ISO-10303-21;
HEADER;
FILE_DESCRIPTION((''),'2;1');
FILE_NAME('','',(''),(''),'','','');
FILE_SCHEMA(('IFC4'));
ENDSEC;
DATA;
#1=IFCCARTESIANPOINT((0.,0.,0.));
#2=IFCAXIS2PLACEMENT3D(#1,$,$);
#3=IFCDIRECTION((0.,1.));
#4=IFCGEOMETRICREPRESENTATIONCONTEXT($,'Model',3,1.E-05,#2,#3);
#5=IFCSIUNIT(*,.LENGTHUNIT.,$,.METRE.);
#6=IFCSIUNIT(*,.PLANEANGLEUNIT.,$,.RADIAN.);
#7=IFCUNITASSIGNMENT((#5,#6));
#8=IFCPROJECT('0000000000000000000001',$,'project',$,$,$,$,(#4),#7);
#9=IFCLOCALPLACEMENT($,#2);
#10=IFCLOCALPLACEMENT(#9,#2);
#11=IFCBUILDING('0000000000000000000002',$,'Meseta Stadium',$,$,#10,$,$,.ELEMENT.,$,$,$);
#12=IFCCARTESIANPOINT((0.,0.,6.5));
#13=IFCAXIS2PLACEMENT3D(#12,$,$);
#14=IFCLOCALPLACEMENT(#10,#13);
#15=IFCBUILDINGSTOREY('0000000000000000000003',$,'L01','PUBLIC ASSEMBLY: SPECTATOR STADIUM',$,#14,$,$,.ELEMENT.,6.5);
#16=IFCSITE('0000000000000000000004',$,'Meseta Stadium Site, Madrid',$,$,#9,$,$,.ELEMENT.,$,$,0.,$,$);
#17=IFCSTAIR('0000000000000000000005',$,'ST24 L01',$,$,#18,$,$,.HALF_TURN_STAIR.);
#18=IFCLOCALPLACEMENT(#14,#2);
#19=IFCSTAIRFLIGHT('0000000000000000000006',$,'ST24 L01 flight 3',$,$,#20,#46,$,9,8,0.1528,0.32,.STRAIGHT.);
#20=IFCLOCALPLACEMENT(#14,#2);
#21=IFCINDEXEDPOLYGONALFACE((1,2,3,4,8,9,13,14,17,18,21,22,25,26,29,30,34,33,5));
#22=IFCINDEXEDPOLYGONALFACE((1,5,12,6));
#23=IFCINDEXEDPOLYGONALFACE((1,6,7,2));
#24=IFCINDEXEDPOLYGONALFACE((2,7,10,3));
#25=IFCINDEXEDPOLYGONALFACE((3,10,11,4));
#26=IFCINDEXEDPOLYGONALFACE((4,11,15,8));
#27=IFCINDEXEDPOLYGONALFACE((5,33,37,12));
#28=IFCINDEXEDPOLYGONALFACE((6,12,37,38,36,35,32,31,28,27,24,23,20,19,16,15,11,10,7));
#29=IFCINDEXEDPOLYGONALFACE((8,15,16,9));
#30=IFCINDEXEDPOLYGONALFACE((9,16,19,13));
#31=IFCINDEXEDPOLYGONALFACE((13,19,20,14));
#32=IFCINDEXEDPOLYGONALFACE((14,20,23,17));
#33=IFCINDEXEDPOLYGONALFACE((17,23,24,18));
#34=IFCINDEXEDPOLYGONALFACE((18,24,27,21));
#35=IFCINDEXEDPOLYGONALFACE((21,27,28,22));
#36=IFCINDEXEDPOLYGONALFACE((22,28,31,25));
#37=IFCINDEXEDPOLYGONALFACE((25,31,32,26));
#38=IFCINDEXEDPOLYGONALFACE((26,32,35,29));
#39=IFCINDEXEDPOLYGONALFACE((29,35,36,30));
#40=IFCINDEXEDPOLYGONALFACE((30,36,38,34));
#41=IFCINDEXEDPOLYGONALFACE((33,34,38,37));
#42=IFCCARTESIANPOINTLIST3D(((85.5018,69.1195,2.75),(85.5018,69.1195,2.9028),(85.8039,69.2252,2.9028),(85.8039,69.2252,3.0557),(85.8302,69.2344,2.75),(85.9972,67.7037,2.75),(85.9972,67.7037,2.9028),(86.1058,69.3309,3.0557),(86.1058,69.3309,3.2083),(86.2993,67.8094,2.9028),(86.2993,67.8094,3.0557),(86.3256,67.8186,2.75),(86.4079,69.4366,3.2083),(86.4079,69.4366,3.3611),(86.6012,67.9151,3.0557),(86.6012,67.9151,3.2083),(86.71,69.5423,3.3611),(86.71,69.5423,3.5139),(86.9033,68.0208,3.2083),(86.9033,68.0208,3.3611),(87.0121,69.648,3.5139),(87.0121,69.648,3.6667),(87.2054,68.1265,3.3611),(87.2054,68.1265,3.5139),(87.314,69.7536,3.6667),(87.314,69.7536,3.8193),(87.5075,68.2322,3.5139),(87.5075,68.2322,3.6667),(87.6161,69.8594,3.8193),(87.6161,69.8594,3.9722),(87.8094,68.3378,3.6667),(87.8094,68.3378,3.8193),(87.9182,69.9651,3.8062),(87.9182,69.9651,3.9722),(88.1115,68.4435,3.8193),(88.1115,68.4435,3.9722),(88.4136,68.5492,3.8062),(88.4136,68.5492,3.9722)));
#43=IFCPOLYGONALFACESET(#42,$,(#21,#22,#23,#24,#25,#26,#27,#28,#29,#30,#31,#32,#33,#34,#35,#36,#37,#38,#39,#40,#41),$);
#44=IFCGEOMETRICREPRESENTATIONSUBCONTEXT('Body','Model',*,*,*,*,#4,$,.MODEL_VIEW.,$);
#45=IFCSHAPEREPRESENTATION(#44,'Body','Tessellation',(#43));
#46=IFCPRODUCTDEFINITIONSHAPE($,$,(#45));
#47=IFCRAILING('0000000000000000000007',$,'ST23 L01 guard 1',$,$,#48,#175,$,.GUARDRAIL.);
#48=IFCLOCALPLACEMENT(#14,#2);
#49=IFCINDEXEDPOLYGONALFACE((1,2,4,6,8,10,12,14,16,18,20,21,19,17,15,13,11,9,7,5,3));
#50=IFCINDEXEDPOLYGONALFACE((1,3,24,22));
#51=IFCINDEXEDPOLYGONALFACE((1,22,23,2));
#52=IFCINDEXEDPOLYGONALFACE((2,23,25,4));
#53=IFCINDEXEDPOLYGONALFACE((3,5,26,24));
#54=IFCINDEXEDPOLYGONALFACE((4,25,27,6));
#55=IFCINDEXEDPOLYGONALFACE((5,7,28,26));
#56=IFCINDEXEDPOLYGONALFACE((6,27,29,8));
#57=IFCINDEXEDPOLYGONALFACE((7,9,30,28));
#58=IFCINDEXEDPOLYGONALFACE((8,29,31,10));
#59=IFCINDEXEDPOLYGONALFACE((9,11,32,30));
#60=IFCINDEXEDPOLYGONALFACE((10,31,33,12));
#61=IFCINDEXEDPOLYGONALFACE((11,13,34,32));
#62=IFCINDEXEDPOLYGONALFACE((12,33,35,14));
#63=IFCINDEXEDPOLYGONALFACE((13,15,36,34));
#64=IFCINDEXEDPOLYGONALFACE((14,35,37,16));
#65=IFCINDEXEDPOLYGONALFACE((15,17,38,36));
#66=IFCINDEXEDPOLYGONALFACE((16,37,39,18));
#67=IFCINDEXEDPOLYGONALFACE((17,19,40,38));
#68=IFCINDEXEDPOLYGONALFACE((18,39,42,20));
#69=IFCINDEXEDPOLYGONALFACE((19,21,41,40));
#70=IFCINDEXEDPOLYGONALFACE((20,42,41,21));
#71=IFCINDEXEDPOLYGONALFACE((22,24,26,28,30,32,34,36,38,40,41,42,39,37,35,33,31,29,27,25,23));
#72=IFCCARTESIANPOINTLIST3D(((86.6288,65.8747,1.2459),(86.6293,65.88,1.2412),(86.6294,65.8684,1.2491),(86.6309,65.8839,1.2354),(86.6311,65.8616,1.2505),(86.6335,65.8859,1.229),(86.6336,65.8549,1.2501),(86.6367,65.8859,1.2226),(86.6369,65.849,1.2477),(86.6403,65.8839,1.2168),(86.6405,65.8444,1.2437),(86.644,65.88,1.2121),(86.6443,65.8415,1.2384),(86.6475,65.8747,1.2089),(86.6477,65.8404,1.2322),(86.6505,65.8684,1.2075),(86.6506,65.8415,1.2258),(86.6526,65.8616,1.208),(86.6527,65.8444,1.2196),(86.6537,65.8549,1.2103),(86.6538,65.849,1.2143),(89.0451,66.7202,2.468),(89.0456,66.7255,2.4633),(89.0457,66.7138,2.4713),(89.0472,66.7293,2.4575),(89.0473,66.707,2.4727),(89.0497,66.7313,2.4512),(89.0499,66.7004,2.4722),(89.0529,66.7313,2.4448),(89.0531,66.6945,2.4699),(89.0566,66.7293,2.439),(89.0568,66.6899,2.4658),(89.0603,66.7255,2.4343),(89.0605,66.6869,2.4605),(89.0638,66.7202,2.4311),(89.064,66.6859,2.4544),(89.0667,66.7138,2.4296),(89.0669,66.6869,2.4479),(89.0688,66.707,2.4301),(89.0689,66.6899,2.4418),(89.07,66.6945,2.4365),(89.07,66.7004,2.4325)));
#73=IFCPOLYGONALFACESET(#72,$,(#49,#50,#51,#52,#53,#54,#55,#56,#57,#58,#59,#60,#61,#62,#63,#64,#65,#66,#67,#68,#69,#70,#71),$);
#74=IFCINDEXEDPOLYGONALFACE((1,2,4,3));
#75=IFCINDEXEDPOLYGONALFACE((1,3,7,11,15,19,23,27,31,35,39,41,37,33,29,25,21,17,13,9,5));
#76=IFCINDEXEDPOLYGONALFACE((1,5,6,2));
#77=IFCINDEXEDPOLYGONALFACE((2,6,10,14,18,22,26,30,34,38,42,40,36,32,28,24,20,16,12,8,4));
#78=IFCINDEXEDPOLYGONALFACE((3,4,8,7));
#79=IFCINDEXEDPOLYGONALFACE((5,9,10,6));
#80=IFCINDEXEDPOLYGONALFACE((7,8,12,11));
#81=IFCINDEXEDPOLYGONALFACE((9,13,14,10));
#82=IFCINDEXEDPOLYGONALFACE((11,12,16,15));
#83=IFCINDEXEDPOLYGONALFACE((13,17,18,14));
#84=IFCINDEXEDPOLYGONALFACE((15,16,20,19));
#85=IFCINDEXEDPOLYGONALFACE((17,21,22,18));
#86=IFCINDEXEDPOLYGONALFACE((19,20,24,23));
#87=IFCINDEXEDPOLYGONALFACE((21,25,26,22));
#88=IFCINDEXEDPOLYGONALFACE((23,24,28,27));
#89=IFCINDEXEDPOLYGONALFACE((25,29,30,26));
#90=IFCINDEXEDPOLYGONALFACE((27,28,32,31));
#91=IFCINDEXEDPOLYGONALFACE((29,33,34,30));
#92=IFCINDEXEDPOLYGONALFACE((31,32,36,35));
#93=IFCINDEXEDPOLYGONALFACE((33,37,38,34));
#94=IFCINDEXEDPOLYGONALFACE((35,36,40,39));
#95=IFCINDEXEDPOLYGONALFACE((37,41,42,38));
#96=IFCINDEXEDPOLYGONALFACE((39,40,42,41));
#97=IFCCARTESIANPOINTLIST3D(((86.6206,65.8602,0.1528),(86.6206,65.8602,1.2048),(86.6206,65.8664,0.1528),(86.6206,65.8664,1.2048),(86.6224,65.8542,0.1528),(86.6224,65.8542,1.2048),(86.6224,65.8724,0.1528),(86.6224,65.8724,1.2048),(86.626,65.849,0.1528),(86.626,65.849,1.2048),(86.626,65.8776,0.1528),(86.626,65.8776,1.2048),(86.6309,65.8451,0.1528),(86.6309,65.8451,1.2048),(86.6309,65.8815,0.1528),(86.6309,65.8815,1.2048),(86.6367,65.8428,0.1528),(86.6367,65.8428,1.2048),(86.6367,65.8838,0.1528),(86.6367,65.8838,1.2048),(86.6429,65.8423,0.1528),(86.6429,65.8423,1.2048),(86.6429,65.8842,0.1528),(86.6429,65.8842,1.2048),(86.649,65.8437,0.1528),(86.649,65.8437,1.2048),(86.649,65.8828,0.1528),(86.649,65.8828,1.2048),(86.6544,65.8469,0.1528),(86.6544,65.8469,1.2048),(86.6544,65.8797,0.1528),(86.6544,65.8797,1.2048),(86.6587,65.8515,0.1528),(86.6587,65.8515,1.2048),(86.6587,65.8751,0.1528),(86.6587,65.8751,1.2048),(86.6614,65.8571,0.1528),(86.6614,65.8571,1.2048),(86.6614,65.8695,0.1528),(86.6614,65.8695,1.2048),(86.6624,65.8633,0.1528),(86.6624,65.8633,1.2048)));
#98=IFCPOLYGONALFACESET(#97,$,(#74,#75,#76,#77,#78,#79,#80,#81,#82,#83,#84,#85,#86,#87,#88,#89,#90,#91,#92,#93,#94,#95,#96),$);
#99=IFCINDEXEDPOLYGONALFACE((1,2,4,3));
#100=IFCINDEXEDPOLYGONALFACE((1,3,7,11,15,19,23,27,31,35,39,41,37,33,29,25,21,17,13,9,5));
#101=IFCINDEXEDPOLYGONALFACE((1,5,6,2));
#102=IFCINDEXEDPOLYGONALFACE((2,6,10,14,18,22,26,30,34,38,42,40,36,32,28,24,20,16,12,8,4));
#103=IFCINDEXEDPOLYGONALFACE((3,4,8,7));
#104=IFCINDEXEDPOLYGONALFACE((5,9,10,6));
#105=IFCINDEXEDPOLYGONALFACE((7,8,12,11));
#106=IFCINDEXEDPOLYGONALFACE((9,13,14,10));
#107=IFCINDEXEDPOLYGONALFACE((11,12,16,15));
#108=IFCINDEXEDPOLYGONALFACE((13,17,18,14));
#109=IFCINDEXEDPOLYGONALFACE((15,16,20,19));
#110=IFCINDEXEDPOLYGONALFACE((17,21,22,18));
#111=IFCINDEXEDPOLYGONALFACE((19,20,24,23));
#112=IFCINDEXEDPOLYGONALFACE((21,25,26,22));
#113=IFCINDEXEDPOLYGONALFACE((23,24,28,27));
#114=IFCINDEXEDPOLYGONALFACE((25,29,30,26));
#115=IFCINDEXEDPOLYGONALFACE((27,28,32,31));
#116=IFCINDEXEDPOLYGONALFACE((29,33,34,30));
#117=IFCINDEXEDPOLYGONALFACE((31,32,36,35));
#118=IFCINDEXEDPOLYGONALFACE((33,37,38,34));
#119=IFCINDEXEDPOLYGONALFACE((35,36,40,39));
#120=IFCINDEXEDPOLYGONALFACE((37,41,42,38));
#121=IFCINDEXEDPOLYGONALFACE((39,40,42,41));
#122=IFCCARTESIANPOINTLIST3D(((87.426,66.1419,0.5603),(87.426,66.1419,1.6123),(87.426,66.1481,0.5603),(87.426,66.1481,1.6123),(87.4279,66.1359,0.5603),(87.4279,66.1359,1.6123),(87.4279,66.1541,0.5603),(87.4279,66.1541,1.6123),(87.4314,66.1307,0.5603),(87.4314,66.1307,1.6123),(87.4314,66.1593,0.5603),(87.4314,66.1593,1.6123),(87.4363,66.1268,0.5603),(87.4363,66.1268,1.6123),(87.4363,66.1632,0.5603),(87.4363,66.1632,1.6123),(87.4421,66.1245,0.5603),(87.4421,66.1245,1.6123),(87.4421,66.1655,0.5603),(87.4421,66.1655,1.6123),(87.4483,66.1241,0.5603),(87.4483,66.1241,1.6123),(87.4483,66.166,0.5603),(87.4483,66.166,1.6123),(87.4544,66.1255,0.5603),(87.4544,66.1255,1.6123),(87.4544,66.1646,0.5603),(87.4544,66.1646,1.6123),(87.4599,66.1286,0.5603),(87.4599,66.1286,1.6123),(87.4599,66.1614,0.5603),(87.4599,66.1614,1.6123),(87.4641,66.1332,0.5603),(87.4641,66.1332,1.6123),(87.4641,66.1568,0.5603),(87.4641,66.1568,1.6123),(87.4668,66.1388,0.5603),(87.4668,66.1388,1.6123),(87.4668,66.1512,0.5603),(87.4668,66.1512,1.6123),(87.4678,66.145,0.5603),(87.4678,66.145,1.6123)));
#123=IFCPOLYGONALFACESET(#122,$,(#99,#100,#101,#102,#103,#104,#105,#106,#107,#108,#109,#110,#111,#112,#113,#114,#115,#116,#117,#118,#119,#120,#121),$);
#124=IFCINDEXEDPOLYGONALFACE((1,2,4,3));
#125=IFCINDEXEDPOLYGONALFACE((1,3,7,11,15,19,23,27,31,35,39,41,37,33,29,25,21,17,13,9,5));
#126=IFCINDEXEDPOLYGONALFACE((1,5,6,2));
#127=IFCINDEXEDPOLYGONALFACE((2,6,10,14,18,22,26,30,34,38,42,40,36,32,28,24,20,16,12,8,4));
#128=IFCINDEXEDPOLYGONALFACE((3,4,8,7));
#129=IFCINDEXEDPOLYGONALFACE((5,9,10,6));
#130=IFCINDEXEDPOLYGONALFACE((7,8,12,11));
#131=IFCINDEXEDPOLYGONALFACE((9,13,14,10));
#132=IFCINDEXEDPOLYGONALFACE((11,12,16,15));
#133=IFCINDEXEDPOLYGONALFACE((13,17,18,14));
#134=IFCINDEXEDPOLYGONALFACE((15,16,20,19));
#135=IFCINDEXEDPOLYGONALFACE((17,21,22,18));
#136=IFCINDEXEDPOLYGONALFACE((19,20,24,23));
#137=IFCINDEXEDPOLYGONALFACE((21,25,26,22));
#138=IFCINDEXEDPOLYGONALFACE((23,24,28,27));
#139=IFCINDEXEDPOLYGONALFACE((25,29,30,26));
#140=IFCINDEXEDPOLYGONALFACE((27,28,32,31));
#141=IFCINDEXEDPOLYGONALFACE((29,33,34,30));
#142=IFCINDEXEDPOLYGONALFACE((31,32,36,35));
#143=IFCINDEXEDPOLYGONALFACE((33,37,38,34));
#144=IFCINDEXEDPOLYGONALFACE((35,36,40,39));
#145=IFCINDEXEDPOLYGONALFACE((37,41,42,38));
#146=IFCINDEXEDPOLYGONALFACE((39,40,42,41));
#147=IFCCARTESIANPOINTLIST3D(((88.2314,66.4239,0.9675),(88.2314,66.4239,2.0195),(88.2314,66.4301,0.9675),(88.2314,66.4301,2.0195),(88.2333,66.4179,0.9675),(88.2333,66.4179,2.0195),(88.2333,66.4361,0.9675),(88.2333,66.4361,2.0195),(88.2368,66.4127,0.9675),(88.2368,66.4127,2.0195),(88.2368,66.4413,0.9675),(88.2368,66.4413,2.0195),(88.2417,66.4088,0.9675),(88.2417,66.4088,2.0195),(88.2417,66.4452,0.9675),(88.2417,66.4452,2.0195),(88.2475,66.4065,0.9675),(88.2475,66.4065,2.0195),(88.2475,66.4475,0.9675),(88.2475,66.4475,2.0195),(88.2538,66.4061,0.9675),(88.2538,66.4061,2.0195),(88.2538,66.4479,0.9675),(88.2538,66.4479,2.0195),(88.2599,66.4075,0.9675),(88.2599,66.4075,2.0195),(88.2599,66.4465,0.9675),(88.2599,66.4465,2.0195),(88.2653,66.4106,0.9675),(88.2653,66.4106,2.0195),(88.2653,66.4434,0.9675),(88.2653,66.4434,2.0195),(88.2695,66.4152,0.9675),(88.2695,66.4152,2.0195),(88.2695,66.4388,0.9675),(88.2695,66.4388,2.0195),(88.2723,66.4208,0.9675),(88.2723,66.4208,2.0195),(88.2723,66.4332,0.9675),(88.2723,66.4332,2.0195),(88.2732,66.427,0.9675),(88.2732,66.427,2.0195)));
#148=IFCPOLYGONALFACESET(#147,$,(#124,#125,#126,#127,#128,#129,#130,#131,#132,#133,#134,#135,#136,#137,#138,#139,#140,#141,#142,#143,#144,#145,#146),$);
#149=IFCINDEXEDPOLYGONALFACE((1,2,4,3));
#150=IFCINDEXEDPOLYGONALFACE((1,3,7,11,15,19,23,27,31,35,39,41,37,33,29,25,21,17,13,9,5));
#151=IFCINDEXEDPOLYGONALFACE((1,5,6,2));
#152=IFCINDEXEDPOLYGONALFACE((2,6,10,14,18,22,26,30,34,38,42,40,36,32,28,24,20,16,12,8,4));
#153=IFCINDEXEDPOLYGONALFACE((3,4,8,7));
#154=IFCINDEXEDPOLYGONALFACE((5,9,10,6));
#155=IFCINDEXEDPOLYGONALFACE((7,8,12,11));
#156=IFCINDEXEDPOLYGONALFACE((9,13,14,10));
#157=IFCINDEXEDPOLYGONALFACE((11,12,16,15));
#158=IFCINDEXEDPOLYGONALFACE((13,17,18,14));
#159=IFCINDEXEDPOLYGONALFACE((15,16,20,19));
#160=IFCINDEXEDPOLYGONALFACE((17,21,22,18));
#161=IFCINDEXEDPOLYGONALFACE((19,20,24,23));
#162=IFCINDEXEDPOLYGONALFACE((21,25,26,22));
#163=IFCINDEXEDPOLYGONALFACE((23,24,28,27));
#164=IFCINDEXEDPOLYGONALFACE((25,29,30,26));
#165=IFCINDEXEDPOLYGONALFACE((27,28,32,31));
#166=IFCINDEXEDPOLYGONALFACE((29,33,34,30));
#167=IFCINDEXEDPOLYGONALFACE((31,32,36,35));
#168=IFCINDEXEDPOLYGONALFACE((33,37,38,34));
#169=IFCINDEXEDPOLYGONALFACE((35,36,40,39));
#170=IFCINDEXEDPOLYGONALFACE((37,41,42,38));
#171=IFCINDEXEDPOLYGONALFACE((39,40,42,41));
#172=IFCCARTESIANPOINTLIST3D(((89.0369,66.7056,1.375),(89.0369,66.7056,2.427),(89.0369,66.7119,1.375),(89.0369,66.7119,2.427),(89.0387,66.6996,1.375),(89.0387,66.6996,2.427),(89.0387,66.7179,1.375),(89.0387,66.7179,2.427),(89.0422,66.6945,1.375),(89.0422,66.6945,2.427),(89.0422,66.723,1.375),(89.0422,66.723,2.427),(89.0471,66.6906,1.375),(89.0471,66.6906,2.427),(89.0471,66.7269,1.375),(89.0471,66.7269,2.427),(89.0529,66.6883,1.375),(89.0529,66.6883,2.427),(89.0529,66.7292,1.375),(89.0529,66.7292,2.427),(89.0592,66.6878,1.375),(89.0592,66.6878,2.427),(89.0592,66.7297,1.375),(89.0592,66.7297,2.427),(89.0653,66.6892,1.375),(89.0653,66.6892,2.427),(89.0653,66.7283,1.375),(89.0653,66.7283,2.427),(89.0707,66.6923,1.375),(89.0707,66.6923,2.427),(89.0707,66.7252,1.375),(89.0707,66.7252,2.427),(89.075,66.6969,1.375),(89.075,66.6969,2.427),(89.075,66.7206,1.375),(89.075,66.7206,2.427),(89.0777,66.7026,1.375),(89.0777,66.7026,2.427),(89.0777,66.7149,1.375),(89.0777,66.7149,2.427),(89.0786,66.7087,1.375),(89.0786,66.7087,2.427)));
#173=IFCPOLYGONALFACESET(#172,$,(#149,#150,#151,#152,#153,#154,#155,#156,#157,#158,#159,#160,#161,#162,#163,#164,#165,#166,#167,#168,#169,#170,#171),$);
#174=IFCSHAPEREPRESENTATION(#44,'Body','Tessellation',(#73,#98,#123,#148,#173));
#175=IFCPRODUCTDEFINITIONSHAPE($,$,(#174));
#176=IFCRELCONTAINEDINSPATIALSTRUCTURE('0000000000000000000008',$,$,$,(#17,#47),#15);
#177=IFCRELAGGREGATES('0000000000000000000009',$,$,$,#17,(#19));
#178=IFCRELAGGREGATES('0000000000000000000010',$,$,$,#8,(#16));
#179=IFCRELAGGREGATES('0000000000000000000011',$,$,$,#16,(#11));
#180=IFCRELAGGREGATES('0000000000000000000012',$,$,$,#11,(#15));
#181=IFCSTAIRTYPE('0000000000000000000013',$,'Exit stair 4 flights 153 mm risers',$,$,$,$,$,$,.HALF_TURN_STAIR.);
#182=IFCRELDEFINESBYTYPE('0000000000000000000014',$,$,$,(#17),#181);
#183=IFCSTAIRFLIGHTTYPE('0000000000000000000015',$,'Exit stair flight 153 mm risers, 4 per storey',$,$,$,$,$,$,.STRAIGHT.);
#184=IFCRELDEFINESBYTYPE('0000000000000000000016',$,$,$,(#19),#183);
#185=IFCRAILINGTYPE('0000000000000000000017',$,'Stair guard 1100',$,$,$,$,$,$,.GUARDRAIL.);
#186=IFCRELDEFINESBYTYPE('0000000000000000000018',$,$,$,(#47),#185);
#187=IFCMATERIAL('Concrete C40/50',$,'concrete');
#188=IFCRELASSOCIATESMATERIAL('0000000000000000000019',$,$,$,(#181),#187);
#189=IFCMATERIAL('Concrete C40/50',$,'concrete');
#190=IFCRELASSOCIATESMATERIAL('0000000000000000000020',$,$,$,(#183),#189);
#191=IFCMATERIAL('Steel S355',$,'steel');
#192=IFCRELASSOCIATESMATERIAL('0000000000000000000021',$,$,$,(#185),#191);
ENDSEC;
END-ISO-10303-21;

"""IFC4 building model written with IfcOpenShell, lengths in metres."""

from ifc_helpers import new_model, si_unit, direction, frame, origin, origin_2d, place, context, subcontext, project, spatial, polyline, circle, outline, extrude, material, type_object, element, aggregate, save


model = new_model("IFC4")

# Units and contexts
model_context = context("Model", 3, precision=1e-05, world=origin(), true_north=direction((0.0, 1.0)))
body_context = subcontext(model_context, "Body", "Model", "MODEL_VIEW")
ifc_project = project(units=[si_unit("LENGTHUNIT", "METRE"), si_unit("PLANEANGLEUNIT", "RADIAN")], contexts=[model_context])

# Site, building, storey
site_placement = place(None, origin())
site = spatial("IfcSite", under=ifc_project, at=site_placement, Name="Meseta Stadium Site, Madrid", CompositionType="ELEMENT", RefElevation=0.0)
building_placement = place(site_placement, origin())
building = spatial("IfcBuilding", under=site, at=building_placement, Name="Meseta Stadium", CompositionType="ELEMENT")
storey_placement = place(building_placement, frame((0.0, 0.0, 6.5)))
storey = spatial("IfcBuildingStorey", under=building, at=storey_placement, Name="L01", Description="PUBLIC ASSEMBLY: SPECTATOR STADIUM", CompositionType="ELEMENT", Elevation=6.5)

# Stair, stair flight
ifc_material_1 = material(Name="Concrete C40/50", Category="concrete")
stair_type = type_object("IfcStairType", Name="Exit stair 4 flights 153 mm risers", PredefinedType="HALF_TURN_STAIR", material=ifc_material_1)
ifc_material_2 = material(Name="Concrete C40/50", Category="concrete")
stair_flight_type = type_object("IfcStairFlightType", Name="Exit stair flight 153 mm risers, 4 per storey", PredefinedType="STRAIGHT", material=ifc_material_2)
stair_1_placement = place(storey_placement, origin())
stair_1 = element("IfcStair", 1, at=stair_1_placement, inside=storey, type_object=stair_type, Name="ST24 L01", PredefinedType="HALF_TURN_STAIR")
stair_flight_1_placement = place(storey_placement, frame((85.7495, 68.4116, 2.75), z_axis=(0.0, 0.0, 1.0), x_axis=(0.943883, 0.330279, 0.0)))
stair_flight_1 = element("IfcStairFlight", 2, at=stair_flight_1_placement, type_object=stair_flight_type, Name="ST24 L01 flight 3", NumberOfRisers=9, NumberOfTreads=8, PredefinedType="STRAIGHT", RiserHeight=0.1528, TreadLength=0.32, context=body_context, shape_type="SweptSolid", body=[
    extrude(outline(polyline([(0.0, 0.0), (0.0, 0.1528), (0.3201, 0.1528), (0.3201, 0.3057), (0.6399, 0.3057), (0.6399, 0.4583), (0.96, 0.4583), (0.96, 0.6111), (1.28, 0.6111), (1.28, 0.7639), (1.6001, 0.7639), (1.6001, 0.9167), (1.9199, 0.9167), (1.9199, 1.0693), (2.24, 1.0693), (2.24, 1.2222), (2.5601, 1.2222), (2.5601, 1.0562), (0.3479, 0.0), (0.0, 0.0)])), frame((0.0, 0.75, 0.0), z_axis=(0.0, -1.0, 0.0), x_axis=(1.0, 0.0, 0.0)), (0.0, 0.0, 1.0), 1.5),
])
aggregate(stair_1, [stair_flight_1])

# Railing
ifc_material_3 = material(Name="Steel S355", Category="steel")
railing_type_1 = type_object("IfcRailingType", Name="Stair guard 1100", PredefinedType="GUARDRAIL", material=ifc_material_3)
railing_1_placement = place(storey_placement, frame((86.6414, 65.8633, 0.1528)))
element("IfcRailing", 3, at=railing_1_placement, inside=storey, type_object=railing_type_1, Name="ST23 L01 guard 1", PredefinedType="GUARDRAIL", context=body_context, shape_type="SweptSolid", body=[
    extrude(circle(Radius=0.0239, at=origin_2d()), frame((0.0, 0.0, 1.0762), z_axis=(0.851789, 0.298044, 0.430843), x_axis=(-0.33027, 0.943887, 0.0)), (0.0, 0.0, 1.0), 2.8367),
    extrude(circle(Radius=0.021, at=origin_2d()), origin(), (0.0, 0.0, 1.0), 1.052),
    extrude(circle(Radius=0.021, at=origin_2d()), frame((0.8054, 0.2817, 0.4075)), (0.0, 0.0, 1.0), 1.052),
    extrude(circle(Radius=0.021, at=origin_2d()), frame((1.6108, 0.5637, 0.8147)), (0.0, 0.0, 1.0), 1.052),
    extrude(circle(Radius=0.021, at=origin_2d()), frame((2.4163, 0.8455, 1.2222)), (0.0, 0.0, 1.0), 1.052),
])

save(model, "model.ifc")
